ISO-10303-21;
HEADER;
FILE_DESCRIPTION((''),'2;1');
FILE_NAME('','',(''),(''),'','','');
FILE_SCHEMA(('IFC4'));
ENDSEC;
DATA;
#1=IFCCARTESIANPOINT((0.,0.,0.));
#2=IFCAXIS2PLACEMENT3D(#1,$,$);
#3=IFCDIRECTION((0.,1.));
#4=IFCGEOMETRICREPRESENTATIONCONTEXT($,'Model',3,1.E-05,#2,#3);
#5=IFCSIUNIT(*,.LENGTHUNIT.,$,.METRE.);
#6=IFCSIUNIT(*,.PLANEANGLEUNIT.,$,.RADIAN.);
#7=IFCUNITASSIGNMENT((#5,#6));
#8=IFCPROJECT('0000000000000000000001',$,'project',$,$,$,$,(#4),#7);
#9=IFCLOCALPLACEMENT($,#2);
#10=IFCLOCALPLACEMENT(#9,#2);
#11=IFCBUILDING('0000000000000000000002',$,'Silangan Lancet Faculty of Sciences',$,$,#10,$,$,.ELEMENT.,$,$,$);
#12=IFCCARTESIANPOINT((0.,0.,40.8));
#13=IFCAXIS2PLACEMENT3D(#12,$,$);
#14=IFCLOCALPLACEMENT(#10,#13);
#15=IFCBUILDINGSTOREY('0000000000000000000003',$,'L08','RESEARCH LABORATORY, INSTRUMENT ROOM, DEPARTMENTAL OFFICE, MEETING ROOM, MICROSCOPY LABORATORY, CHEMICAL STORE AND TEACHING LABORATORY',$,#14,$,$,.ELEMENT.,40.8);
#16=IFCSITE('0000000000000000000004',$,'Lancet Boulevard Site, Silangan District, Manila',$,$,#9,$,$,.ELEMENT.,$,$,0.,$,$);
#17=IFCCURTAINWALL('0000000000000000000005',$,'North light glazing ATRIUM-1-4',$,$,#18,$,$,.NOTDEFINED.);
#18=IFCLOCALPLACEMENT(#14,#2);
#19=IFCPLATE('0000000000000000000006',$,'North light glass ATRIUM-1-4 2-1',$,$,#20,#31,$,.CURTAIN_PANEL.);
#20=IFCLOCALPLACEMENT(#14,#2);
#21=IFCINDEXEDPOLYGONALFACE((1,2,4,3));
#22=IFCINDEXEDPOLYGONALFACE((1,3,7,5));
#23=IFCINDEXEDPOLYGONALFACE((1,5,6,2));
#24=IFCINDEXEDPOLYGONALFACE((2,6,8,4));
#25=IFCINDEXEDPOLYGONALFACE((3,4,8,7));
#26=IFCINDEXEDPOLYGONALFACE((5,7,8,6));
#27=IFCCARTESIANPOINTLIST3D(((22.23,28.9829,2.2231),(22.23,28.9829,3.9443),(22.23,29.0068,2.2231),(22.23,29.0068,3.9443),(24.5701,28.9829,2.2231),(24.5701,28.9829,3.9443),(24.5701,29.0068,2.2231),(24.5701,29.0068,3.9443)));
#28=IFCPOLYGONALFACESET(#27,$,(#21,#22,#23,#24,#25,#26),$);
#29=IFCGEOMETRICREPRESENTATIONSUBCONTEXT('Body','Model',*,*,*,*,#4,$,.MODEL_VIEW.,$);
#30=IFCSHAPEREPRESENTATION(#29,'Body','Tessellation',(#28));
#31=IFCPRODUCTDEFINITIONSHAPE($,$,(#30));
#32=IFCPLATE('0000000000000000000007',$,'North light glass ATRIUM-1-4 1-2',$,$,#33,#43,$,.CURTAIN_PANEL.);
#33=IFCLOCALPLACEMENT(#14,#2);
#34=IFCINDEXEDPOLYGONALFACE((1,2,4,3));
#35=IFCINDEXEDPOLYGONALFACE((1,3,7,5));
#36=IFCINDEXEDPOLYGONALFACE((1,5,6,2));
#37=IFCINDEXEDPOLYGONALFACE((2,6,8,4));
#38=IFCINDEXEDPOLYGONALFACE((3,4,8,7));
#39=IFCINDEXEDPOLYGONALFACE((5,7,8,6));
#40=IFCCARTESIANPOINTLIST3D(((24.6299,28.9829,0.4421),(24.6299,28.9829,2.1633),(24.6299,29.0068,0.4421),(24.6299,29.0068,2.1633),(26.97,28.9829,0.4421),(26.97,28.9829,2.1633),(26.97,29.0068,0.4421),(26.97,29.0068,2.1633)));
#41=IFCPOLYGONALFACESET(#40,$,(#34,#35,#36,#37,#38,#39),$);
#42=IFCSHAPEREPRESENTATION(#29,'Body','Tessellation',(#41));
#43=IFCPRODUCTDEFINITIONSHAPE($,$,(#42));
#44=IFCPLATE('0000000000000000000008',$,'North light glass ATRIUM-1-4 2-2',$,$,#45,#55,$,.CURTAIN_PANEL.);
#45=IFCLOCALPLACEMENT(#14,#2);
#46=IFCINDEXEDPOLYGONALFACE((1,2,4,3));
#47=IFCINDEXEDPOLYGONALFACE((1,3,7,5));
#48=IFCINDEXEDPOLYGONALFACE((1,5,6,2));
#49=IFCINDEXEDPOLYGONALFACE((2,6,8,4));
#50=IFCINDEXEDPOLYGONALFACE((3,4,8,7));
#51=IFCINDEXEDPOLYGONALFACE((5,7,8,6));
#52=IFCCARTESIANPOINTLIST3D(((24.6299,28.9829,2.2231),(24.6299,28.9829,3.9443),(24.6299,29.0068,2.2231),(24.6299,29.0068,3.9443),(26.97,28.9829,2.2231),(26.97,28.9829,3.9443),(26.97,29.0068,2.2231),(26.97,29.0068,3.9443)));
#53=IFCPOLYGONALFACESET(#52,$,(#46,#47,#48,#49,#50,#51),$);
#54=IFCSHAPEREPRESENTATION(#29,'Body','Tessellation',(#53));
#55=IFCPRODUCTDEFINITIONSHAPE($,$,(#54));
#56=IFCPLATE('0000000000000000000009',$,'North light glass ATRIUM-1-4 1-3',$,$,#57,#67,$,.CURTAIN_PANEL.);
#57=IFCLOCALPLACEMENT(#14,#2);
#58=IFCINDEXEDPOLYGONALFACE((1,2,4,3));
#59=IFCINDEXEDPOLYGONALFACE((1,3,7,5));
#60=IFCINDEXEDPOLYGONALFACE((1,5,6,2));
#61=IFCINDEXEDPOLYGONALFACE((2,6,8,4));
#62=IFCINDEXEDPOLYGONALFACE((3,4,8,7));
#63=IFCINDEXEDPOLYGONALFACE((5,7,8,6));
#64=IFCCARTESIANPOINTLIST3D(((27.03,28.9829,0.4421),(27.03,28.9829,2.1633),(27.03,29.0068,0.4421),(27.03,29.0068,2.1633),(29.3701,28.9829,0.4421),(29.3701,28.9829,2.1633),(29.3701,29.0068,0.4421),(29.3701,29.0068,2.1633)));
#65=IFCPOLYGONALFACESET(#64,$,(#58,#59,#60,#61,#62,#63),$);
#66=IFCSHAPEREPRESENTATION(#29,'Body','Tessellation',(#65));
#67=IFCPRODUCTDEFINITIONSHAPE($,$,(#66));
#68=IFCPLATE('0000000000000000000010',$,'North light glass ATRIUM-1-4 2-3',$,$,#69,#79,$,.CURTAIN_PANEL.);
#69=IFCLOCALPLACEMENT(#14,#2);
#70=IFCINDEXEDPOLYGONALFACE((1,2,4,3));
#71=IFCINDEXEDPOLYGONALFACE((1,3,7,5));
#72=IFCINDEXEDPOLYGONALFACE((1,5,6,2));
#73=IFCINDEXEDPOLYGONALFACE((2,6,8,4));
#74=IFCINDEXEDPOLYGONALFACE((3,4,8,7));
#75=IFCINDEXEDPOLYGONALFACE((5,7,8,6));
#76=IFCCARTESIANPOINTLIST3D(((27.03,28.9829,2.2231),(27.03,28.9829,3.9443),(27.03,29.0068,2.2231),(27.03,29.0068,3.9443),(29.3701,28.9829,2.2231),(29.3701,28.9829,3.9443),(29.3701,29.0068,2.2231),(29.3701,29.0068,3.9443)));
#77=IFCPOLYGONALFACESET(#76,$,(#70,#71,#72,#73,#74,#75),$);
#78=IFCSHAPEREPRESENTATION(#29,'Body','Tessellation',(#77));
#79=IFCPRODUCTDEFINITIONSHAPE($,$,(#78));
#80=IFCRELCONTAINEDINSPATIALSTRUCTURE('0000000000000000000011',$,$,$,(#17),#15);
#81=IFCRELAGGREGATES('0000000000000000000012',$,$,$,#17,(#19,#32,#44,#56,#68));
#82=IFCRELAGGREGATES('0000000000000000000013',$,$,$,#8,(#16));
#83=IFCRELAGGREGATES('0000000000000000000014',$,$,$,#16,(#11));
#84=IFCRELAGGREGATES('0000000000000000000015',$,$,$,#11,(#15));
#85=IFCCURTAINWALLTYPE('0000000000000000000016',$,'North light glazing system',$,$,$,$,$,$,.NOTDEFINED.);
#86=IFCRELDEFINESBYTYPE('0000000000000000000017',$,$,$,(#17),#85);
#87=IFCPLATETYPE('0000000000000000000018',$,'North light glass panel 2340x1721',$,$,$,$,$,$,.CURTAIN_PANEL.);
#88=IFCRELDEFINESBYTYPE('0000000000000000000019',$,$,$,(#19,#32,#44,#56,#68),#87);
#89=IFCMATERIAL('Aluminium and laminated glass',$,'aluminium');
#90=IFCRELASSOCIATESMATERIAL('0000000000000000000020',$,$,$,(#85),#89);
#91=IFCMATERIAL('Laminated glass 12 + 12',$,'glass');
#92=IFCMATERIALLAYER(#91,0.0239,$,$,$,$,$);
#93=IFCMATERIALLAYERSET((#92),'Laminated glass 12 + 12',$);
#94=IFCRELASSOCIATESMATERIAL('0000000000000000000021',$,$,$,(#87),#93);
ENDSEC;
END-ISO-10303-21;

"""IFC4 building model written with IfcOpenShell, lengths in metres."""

from ifc_helpers import new_model, si_unit, direction, frame, origin, place, context, subcontext, project, spatial, polyline, outline, extrude, material, layer, layer_set, type_object, element, aggregate, save


model = new_model("IFC4")

# Units and contexts
model_context = context("Model", 3, precision=1e-05, world=origin(), true_north=direction((0.0, 1.0)))
body_context = subcontext(model_context, "Body", "Model", "MODEL_VIEW")
ifc_project = project(units=[si_unit("LENGTHUNIT", "METRE"), si_unit("PLANEANGLEUNIT", "RADIAN")], contexts=[model_context])

# Site, building, storey
site_placement = place(None, origin())
site = spatial("IfcSite", under=ifc_project, at=site_placement, Name="Lancet Boulevard Site, Silangan District, Manila", CompositionType="ELEMENT", RefElevation=0.0)
building_placement = place(site_placement, origin())
building = spatial("IfcBuilding", under=site, at=building_placement, Name="Silangan Lancet Faculty of Sciences", CompositionType="ELEMENT")
storey_placement = place(building_placement, frame((0.0, 0.0, 40.8)))
storey = spatial("IfcBuildingStorey", under=building, at=storey_placement, Name="L08", Description="RESEARCH LABORATORY, INSTRUMENT ROOM, DEPARTMENTAL OFFICE, MEETING ROOM, MICROSCOPY LABORATORY, CHEMICAL STORE AND TEACHING LABORATORY", CompositionType="ELEMENT", Elevation=40.8)

# Curtain wall, plates
ifc_material_1 = material(Name="Aluminium and laminated glass", Category="aluminium")
curtain_wall_type = type_object("IfcCurtainWallType", Name="North light glazing system", PredefinedType="NOTDEFINED", material=ifc_material_1)
ifc_material_2 = material(Name="Laminated glass 12 + 12", Category="glass")
ifc_layer = layer(ifc_material_2, 0.0239)
ifc_layer_set = layer_set([ifc_layer], Name="Laminated glass 12 + 12")
plate_type = type_object("IfcPlateType", Name="North light glass panel 2340x1721", PredefinedType="CURTAIN_PANEL", material=ifc_layer_set)
curtain_wall_1_placement = place(storey_placement, origin())
curtain_wall_1 = element("IfcCurtainWall", 1, at=curtain_wall_1_placement, inside=storey, type_object=curtain_wall_type, Name="North light glazing ATRIUM-1-4", PredefinedType="NOTDEFINED")
plate_1_placement = place(storey_placement, frame((22.23, 28.9829, 2.2231), z_axis=(0.0, -1.0, 0.0), x_axis=(1.0, 0.0, 0.0)))
plate_1 = element("IfcPlate", 2, at=plate_1_placement, type_object=plate_type, Name="North light glass ATRIUM-1-4 2-1", PredefinedType="CURTAIN_PANEL", context=body_context, shape_type="SweptSolid", body=[
    extrude(outline(polyline([(0.0, 0.0), (2.3401, 0.0), (2.3401, 1.7212), (0.0, 1.7212), (0.0, 0.0)])), origin(), (0.0, 0.0, -1.0), 0.0239),
])
plate_2_placement = place(storey_placement, frame((24.6299, 28.9829, 0.4421), z_axis=(0.0, -1.0, 0.0), x_axis=(1.0, 0.0, 0.0)))
plate_2 = element("IfcPlate", 3, at=plate_2_placement, type_object=plate_type, Name="North light glass ATRIUM-1-4 1-2", PredefinedType="CURTAIN_PANEL", context=body_context, shape_type="SweptSolid", body=[
    extrude(outline(polyline([(0.0, 0.0), (2.3401, 0.0), (2.3401, 1.7212), (0.0, 1.7212), (0.0, 0.0)])), origin(), (0.0, 0.0, -1.0), 0.0239),
])
plate_3_placement = place(storey_placement, frame((24.6299, 28.9829, 2.2231), z_axis=(0.0, -1.0, 0.0), x_axis=(1.0, 0.0, 0.0)))
plate_3 = element("IfcPlate", 4, at=plate_3_placement, type_object=plate_type, Name="North light glass ATRIUM-1-4 2-2", PredefinedType="CURTAIN_PANEL", context=body_context, shape_type="SweptSolid", body=[
    extrude(outline(polyline([(0.0, 0.0), (2.3401, 0.0), (2.3401, 1.7212), (0.0, 1.7212), (0.0, 0.0)])), origin(), (0.0, 0.0, -1.0), 0.0239),
])
plate_4_placement = place(storey_placement, frame((27.03, 28.9829, 0.4421), z_axis=(0.0, -1.0, 0.0), x_axis=(1.0, 0.0, 0.0)))
plate_4 = element("IfcPlate", 5, at=plate_4_placement, type_object=plate_type, Name="North light glass ATRIUM-1-4 1-3", PredefinedType="CURTAIN_PANEL", context=body_context, shape_type="SweptSolid", body=[
    extrude(outline(polyline([(0.0, 0.0), (2.3401, 0.0), (2.3401, 1.7212), (0.0, 1.7212), (0.0, 0.0)])), origin(), (0.0, 0.0, -1.0), 0.0239),
])
plate_5_placement = place(storey_placement, frame((27.03, 28.9829, 2.2231), z_axis=(0.0, -1.0, 0.0), x_axis=(1.0, 0.0, 0.0)))
plate_5 = element("IfcPlate", 6, at=plate_5_placement, type_object=plate_type, Name="North light glass ATRIUM-1-4 2-3", PredefinedType="CURTAIN_PANEL", context=body_context, shape_type="SweptSolid", body=[
    extrude(outline(polyline([(0.0, 0.0), (2.3401, 0.0), (2.3401, 1.7212), (0.0, 1.7212), (0.0, 0.0)])), origin(), (0.0, 0.0, -1.0), 0.0239),
])
aggregate(curtain_wall_1, [plate_1, plate_2, plate_3, plate_4, plate_5])

save(model, "model.ifc")
